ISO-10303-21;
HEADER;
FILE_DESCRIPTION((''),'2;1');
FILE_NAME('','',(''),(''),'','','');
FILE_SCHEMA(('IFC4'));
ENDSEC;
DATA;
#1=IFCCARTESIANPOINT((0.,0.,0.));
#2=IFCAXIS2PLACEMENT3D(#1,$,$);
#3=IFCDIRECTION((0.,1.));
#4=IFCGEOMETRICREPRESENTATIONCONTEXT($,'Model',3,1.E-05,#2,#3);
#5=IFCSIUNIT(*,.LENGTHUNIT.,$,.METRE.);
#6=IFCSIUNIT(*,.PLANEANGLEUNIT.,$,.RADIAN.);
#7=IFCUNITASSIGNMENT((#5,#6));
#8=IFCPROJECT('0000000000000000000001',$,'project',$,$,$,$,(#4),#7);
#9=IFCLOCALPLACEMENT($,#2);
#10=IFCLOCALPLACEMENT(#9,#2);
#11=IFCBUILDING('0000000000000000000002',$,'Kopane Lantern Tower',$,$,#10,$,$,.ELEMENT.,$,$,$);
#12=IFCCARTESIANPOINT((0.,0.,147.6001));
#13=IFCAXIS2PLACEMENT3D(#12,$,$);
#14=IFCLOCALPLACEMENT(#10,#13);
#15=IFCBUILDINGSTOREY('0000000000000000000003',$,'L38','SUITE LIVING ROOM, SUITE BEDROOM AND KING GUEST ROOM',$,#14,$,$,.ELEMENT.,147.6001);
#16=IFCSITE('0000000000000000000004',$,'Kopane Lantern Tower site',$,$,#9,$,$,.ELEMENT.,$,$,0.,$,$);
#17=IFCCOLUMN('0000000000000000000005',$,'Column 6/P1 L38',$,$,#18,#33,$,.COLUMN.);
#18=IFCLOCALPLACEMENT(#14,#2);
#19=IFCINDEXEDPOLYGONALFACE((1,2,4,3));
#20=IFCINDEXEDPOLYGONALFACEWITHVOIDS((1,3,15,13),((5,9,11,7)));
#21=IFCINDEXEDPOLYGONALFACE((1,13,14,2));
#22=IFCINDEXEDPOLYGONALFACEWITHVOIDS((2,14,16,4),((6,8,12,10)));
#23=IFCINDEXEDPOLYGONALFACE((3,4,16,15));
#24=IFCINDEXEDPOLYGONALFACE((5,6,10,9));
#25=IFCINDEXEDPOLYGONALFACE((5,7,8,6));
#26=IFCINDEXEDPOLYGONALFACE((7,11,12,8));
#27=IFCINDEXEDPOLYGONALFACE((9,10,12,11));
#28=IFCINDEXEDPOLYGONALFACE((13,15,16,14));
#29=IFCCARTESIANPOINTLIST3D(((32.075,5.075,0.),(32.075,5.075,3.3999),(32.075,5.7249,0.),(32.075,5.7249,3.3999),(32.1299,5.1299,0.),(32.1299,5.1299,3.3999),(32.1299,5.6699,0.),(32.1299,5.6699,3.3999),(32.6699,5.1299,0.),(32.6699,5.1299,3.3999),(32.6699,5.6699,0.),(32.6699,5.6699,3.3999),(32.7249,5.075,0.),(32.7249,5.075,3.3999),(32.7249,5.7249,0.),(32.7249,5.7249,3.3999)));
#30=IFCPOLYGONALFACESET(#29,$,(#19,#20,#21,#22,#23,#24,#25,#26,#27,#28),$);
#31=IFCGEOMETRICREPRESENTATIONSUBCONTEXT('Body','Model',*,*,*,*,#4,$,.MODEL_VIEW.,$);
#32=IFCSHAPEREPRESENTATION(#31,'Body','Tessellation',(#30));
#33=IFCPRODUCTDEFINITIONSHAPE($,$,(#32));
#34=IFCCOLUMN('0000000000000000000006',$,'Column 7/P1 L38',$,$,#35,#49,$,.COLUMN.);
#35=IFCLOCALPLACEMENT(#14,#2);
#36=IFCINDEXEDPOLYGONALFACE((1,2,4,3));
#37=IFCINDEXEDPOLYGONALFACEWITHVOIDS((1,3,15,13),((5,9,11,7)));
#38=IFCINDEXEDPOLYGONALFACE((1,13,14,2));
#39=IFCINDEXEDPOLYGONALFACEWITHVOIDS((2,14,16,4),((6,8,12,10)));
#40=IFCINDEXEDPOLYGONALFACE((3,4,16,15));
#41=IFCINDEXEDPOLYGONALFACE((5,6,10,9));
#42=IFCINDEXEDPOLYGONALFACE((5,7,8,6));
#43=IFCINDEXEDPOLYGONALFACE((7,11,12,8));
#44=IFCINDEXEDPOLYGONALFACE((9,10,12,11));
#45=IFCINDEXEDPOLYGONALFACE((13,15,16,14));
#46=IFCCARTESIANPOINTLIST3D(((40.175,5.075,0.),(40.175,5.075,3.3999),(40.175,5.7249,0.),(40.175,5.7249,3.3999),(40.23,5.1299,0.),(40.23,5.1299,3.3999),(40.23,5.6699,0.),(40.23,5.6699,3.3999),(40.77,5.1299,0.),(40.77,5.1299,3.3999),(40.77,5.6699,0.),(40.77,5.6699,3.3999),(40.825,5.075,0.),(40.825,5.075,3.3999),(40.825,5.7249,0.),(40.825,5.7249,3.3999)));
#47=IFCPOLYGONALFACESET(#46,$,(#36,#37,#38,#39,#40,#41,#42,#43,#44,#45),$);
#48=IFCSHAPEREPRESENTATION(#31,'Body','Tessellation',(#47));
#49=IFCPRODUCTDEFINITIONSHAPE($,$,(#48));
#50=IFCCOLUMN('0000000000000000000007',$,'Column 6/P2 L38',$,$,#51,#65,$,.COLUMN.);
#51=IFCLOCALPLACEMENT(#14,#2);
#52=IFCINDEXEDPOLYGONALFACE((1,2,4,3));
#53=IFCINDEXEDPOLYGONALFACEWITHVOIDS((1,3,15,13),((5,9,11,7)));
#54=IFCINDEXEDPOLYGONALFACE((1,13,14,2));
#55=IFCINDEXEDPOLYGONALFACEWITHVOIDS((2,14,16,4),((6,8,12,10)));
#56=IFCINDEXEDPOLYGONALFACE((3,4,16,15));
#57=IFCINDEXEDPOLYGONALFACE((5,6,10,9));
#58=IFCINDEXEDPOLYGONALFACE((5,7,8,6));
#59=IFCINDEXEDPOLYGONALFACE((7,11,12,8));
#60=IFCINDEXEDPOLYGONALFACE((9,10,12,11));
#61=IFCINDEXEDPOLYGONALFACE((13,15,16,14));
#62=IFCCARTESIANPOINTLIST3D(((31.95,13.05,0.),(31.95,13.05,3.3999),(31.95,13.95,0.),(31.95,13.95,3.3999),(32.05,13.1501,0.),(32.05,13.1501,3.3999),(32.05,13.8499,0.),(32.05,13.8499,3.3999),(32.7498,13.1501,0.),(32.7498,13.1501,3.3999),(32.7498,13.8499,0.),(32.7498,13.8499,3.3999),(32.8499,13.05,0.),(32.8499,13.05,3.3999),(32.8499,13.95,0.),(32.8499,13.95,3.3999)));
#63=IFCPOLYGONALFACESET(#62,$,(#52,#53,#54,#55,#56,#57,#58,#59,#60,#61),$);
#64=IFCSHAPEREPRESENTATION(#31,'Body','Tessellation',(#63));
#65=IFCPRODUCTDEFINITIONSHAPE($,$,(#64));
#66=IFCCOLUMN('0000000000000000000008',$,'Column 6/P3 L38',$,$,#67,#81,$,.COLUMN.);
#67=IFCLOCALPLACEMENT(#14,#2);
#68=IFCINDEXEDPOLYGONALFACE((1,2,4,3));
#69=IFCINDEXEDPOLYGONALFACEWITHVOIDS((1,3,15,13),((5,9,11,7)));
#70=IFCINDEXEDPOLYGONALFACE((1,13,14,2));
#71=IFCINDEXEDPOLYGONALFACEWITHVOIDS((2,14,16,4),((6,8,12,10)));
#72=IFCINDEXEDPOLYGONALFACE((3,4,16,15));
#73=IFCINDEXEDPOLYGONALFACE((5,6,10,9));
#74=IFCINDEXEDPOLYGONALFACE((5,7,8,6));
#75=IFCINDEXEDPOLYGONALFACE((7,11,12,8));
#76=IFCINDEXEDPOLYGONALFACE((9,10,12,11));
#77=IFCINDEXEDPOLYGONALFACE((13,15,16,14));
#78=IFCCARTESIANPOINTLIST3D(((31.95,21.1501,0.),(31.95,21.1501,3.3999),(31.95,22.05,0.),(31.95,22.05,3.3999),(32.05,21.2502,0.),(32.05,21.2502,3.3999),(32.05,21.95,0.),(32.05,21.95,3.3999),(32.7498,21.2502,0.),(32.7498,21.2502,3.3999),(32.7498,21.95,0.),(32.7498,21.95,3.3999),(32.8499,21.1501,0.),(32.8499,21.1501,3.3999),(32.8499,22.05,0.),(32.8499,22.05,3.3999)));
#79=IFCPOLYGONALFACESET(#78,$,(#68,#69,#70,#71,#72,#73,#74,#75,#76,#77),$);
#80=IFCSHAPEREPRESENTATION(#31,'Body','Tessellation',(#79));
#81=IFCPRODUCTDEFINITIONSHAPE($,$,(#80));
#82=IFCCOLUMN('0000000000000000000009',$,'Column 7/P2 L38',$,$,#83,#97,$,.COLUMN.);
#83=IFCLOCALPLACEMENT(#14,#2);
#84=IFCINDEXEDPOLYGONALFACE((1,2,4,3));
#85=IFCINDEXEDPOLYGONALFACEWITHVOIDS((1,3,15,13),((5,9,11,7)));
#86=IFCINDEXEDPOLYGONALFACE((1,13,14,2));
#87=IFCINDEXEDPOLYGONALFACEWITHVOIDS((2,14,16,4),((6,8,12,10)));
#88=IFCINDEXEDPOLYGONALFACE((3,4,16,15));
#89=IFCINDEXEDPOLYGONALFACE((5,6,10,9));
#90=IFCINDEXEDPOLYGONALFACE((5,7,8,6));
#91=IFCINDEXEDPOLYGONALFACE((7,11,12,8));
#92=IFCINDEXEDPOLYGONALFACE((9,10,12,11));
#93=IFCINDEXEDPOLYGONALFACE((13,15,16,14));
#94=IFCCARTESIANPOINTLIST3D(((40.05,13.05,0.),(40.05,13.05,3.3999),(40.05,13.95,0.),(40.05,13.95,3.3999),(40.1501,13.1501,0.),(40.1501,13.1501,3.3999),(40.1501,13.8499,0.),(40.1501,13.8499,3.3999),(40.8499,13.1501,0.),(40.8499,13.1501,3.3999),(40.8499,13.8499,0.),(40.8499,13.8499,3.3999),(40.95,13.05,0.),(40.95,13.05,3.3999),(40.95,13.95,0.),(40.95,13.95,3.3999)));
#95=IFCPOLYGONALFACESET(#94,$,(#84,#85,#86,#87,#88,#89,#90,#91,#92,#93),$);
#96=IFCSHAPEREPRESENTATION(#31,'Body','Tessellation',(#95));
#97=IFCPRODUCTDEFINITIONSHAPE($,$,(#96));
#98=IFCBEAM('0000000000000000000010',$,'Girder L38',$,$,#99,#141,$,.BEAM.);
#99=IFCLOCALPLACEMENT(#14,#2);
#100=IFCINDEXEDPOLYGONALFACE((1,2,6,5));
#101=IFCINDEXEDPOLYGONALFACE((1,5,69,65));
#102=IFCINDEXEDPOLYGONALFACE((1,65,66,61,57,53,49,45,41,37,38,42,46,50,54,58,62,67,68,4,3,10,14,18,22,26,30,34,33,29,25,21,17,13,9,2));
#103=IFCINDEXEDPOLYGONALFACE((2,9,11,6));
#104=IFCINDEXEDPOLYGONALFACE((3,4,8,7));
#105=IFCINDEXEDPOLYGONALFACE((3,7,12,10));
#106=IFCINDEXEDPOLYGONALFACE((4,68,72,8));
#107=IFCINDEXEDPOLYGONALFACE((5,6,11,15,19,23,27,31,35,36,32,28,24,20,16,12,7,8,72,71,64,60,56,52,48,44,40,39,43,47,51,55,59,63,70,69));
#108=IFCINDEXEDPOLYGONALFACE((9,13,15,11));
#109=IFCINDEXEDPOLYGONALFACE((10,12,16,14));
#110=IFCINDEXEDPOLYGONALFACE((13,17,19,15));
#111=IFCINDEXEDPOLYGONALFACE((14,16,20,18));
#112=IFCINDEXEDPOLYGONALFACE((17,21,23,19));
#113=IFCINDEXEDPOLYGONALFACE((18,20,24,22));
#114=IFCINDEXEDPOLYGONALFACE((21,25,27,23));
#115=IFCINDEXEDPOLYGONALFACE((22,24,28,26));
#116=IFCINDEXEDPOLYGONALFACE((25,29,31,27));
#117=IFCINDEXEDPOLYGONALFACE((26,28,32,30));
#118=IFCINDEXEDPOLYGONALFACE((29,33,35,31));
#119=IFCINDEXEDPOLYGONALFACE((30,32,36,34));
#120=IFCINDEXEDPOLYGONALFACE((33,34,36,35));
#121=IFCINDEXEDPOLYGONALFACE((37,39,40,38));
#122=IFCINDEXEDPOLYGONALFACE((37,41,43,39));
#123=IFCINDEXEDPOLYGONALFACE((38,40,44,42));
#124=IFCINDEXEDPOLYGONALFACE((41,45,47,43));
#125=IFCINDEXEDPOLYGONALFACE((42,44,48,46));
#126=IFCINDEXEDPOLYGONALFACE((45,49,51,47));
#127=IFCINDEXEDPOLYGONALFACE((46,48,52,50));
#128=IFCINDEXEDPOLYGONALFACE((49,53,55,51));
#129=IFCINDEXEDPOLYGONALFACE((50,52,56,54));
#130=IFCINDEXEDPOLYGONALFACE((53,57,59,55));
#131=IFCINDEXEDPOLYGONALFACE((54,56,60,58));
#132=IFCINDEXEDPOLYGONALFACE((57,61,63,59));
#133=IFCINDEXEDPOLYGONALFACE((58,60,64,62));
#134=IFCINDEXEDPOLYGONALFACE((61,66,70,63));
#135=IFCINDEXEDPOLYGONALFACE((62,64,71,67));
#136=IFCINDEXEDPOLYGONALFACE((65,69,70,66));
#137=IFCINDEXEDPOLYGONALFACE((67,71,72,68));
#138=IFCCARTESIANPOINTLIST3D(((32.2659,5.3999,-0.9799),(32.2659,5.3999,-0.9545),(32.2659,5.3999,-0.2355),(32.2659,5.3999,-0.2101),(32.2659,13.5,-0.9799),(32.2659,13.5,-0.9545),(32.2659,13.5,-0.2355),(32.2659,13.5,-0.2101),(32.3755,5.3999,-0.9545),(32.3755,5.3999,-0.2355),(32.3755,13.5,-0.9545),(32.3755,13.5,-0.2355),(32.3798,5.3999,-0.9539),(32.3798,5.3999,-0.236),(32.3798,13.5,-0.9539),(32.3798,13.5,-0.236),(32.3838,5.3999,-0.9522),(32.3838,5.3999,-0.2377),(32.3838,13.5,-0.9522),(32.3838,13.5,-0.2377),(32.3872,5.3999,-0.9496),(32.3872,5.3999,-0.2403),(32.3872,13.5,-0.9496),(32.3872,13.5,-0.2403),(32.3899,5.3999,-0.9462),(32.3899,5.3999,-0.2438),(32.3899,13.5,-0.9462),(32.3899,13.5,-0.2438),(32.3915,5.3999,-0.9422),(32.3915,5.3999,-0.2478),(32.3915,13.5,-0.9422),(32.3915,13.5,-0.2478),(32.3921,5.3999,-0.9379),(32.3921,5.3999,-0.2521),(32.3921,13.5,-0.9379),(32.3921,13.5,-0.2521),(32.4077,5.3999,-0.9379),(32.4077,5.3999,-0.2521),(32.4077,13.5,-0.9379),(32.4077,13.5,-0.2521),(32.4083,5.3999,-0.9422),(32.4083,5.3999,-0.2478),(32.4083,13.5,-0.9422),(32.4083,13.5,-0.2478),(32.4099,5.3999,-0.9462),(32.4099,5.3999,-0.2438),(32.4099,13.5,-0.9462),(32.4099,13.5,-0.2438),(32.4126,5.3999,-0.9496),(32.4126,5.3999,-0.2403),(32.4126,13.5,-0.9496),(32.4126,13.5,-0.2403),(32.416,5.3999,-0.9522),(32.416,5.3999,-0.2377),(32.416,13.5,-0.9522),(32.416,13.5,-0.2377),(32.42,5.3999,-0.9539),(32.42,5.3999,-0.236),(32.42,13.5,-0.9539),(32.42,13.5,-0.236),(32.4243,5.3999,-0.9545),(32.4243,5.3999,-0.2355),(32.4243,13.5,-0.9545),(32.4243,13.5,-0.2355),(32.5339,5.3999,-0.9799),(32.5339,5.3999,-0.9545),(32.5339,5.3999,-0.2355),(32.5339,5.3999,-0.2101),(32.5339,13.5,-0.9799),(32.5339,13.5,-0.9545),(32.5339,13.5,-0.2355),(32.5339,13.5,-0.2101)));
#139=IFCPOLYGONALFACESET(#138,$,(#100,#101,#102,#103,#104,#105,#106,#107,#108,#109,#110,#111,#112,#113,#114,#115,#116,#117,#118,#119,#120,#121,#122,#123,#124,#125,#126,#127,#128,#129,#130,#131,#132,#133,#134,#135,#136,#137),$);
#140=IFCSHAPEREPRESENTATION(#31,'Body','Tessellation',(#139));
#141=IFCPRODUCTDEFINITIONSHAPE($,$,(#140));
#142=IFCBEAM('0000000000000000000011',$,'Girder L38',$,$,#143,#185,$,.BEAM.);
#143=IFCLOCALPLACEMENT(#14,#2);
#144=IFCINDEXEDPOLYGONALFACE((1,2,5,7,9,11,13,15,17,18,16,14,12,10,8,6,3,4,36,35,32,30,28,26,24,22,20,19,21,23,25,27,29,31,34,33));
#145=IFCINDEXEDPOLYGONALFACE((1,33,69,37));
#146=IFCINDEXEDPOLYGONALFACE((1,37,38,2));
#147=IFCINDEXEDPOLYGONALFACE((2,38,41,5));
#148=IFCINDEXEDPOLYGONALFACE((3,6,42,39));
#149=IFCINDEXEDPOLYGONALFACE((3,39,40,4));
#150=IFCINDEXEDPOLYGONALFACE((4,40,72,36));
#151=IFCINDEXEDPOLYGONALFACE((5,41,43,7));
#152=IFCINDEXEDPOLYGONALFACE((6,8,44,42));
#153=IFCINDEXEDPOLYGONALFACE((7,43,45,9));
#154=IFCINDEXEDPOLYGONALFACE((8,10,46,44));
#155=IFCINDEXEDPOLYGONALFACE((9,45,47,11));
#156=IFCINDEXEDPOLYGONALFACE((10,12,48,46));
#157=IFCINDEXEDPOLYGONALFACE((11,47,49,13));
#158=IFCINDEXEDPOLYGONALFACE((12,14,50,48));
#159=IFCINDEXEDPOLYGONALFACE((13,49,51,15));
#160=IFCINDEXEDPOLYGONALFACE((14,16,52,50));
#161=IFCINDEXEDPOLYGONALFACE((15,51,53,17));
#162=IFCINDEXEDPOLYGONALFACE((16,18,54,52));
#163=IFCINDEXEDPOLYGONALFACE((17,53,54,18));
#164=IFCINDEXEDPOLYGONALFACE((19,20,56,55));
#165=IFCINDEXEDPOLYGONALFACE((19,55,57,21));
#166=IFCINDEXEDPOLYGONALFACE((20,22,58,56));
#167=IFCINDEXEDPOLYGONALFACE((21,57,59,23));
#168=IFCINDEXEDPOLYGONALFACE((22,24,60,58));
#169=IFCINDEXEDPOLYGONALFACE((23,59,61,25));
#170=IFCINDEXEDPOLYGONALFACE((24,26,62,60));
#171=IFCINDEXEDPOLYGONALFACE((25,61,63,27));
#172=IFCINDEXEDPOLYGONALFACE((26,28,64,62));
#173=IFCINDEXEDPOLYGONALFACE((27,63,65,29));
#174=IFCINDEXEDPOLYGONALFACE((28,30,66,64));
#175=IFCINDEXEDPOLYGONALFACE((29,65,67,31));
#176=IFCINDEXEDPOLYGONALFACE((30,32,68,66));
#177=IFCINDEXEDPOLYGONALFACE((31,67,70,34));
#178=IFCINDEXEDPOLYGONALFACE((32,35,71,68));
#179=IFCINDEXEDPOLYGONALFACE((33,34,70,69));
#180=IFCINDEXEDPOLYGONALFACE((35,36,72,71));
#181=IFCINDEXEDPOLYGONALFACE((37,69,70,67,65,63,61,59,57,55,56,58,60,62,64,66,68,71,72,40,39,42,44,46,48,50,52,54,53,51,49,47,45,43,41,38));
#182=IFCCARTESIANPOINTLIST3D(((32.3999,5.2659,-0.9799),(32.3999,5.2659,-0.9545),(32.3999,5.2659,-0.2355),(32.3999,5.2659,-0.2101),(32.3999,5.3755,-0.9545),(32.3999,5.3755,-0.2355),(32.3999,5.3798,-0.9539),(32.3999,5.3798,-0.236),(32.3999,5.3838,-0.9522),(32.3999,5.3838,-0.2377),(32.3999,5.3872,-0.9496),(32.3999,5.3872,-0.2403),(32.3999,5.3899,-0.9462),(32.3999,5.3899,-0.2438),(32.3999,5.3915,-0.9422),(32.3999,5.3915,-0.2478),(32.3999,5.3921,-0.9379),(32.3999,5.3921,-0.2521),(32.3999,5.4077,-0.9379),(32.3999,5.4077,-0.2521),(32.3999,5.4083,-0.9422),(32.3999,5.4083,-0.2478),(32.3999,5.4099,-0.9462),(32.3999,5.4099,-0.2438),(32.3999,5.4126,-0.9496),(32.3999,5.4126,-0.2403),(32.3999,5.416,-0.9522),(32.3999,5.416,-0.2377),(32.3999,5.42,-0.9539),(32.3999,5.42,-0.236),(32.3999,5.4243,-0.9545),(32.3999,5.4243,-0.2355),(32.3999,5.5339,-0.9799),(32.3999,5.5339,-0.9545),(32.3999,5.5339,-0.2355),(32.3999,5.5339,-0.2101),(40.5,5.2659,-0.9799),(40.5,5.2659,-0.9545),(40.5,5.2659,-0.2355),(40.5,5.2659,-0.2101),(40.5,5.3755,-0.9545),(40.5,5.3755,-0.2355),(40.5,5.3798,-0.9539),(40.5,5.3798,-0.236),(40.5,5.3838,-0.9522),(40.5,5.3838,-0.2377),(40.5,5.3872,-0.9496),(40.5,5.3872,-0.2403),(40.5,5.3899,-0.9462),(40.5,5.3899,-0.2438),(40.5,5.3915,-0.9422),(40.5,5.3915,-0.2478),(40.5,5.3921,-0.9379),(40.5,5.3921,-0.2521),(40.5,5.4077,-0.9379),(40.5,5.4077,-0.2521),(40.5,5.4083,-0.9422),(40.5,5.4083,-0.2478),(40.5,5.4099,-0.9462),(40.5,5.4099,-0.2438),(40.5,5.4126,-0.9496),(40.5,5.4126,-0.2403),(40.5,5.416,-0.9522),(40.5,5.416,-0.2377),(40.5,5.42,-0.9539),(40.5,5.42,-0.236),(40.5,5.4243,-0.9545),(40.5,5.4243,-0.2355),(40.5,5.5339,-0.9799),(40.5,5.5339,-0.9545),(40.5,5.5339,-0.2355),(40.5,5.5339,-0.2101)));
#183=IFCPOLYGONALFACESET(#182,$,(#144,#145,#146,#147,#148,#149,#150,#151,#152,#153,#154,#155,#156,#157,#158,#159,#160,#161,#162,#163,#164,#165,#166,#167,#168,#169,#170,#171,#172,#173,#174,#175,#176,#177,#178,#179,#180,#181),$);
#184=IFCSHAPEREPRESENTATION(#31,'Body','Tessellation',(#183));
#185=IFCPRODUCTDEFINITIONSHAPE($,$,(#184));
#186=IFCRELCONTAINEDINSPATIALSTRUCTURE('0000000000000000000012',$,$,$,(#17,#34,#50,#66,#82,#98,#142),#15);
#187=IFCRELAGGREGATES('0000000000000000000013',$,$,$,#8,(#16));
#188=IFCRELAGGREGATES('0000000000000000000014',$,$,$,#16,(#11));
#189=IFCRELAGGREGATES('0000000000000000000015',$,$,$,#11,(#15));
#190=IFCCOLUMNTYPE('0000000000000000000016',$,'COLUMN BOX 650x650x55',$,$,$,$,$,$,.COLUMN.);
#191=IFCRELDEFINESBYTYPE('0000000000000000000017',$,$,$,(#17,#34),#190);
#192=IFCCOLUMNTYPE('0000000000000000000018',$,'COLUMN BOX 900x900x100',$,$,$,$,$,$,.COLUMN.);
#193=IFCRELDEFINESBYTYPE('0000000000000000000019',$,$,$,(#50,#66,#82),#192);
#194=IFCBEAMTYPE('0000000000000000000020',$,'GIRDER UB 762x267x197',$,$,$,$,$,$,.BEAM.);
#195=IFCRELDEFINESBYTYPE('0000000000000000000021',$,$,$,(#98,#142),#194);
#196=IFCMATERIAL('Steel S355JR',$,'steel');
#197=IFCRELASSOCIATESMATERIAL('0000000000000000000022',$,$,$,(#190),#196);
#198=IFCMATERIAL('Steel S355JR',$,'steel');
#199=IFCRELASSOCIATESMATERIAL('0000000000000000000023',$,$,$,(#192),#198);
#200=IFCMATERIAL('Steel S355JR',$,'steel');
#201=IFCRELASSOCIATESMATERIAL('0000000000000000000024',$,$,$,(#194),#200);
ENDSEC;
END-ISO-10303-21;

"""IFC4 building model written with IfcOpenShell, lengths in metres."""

from ifc_helpers import new_model, si_unit, direction, frame, origin, origin_2d, place, context, subcontext, project, spatial, hollow_rectangle, i_section, extrude, material, material_profile, profile_set, type_object, element, save


model = new_model("IFC4")

# Units and contexts
model_context = context("Model", 3, precision=1e-05, world=origin(), true_north=direction((0.0, 1.0)))
body_context = subcontext(model_context, "Body", "Model", "MODEL_VIEW")
ifc_project = project(units=[si_unit("LENGTHUNIT", "METRE"), si_unit("PLANEANGLEUNIT", "RADIAN")], contexts=[model_context])

# Site, building, storey
site_placement = place(None, origin())
site = spatial("IfcSite", under=ifc_project, at=site_placement, Name="Kopane Lantern Tower site", CompositionType="ELEMENT", RefElevation=0.0)
building_placement = place(site_placement, origin())
building = spatial("IfcBuilding", under=site, at=building_placement, Name="Kopane Lantern Tower", CompositionType="ELEMENT")
storey_placement = place(building_placement, frame((0.0, 0.0, 147.6001)))
storey = spatial("IfcBuildingStorey", under=building, at=storey_placement, Name="L38", Description="SUITE LIVING ROOM, SUITE BEDROOM AND KING GUEST ROOM", CompositionType="ELEMENT", Elevation=147.6001)

# Columns
ifc_material_1 = material(Name="Steel S355JR", Category="steel")
ifc_material_profile_1 = material_profile(ifc_material_1, hollow_rectangle(XDim=0.6499, YDim=0.6499, WallThickness=0.0549, at=origin_2d()), Name="BOX 650x650x55")
ifc_profile_set_1 = profile_set([ifc_material_profile_1], Name="Steel S355JR")
column_type_1 = type_object("IfcColumnType", Name="COLUMN BOX 650x650x55", PredefinedType="COLUMN", material=ifc_profile_set_1)
for number, where, z_axis, x_axis, name in (
    (1, (32.3999, 5.3999, 0.0), (0.0, 0.0, 1.0), (1.0, 0.0, 0.0), "Column 6/P1 L38"),
    (2, (40.5, 5.3999, 0.0), (0.0, 0.0, 1.0), (1.0, 0.0, 0.0), "Column 7/P1 L38"),
):
    element("IfcColumn", number, at=place(storey_placement, frame(where, z_axis=z_axis, x_axis=x_axis)), inside=storey, type_object=column_type_1, Name=name, PredefinedType="COLUMN", context=body_context, shape_type="SweptSolid", body=[
        extrude(hollow_rectangle(XDim=0.6499, YDim=0.6499, WallThickness=0.0549, at=origin_2d()), origin(), (0.0, 0.0, 1.0), 3.3999),
    ])
ifc_material_2 = material(Name="Steel S355JR", Category="steel")
ifc_material_profile_2 = material_profile(ifc_material_2, hollow_rectangle(XDim=0.8999, YDim=0.8999, WallThickness=0.1001, at=origin_2d()), Name="BOX 900x900x100")
ifc_profile_set_2 = profile_set([ifc_material_profile_2], Name="Steel S355JR")
column_type_2 = type_object("IfcColumnType", Name="COLUMN BOX 900x900x100", PredefinedType="COLUMN", material=ifc_profile_set_2)
for number, where, z_axis, x_axis, name in (
    (3, (32.3999, 13.5, 0.0), (0.0, 0.0, 1.0), (1.0, 0.0, 0.0), "Column 6/P2 L38"),
    (4, (32.3999, 21.6001, 0.0), (0.0, 0.0, 1.0), (1.0, 0.0, 0.0), "Column 6/P3 L38"),
    (5, (40.5, 13.5, 0.0), (0.0, 0.0, 1.0), (1.0, 0.0, 0.0), "Column 7/P2 L38"),
):
    element("IfcColumn", number, at=place(storey_placement, frame(where, z_axis=z_axis, x_axis=x_axis)), inside=storey, type_object=column_type_2, Name=name, PredefinedType="COLUMN", context=body_context, shape_type="SweptSolid", body=[
        extrude(hollow_rectangle(XDim=0.8999, YDim=0.8999, WallThickness=0.1001, at=origin_2d()), origin(), (0.0, 0.0, 1.0), 3.3999),
    ])

# Beams
ifc_material_3 = material(Name="Steel S355JR", Category="steel")
ifc_material_profile_3 = material_profile(ifc_material_3, i_section(OverallWidth=0.2681, OverallDepth=0.7698, WebThickness=0.0156, FlangeThickness=0.0254, FilletRadius=0.0166, at=origin_2d()), Name="UB 762x267x197")
ifc_profile_set_3 = profile_set([ifc_material_profile_3], Name="Steel S355JR")
beam_type = type_object("IfcBeamType", Name="GIRDER UB 762x267x197", PredefinedType="BEAM", material=ifc_profile_set_3)
for number, where, z_axis, x_axis, name in (
    (6, (32.3999, 5.3999, -0.595), (0.0, 1.0, 0.0), (-1.0, 0.0, 0.0), "Girder L38"),
    (7, (32.3999, 5.3999, -0.595), (1.0, 0.0, 0.0), (0.0, 1.0, 0.0), "Girder L38"),
):
    element("IfcBeam", number, at=place(storey_placement, frame(where, z_axis=z_axis, x_axis=x_axis)), inside=storey, type_object=beam_type, Name=name, PredefinedType="BEAM", context=body_context, shape_type="SweptSolid", body=[
        extrude(i_section(OverallWidth=0.2681, OverallDepth=0.7698, WebThickness=0.0156, FlangeThickness=0.0254, FilletRadius=0.0166, at=origin_2d()), origin(), (0.0, 0.0, 1.0), 8.1001),
    ])

save(model, "model.ifc")
